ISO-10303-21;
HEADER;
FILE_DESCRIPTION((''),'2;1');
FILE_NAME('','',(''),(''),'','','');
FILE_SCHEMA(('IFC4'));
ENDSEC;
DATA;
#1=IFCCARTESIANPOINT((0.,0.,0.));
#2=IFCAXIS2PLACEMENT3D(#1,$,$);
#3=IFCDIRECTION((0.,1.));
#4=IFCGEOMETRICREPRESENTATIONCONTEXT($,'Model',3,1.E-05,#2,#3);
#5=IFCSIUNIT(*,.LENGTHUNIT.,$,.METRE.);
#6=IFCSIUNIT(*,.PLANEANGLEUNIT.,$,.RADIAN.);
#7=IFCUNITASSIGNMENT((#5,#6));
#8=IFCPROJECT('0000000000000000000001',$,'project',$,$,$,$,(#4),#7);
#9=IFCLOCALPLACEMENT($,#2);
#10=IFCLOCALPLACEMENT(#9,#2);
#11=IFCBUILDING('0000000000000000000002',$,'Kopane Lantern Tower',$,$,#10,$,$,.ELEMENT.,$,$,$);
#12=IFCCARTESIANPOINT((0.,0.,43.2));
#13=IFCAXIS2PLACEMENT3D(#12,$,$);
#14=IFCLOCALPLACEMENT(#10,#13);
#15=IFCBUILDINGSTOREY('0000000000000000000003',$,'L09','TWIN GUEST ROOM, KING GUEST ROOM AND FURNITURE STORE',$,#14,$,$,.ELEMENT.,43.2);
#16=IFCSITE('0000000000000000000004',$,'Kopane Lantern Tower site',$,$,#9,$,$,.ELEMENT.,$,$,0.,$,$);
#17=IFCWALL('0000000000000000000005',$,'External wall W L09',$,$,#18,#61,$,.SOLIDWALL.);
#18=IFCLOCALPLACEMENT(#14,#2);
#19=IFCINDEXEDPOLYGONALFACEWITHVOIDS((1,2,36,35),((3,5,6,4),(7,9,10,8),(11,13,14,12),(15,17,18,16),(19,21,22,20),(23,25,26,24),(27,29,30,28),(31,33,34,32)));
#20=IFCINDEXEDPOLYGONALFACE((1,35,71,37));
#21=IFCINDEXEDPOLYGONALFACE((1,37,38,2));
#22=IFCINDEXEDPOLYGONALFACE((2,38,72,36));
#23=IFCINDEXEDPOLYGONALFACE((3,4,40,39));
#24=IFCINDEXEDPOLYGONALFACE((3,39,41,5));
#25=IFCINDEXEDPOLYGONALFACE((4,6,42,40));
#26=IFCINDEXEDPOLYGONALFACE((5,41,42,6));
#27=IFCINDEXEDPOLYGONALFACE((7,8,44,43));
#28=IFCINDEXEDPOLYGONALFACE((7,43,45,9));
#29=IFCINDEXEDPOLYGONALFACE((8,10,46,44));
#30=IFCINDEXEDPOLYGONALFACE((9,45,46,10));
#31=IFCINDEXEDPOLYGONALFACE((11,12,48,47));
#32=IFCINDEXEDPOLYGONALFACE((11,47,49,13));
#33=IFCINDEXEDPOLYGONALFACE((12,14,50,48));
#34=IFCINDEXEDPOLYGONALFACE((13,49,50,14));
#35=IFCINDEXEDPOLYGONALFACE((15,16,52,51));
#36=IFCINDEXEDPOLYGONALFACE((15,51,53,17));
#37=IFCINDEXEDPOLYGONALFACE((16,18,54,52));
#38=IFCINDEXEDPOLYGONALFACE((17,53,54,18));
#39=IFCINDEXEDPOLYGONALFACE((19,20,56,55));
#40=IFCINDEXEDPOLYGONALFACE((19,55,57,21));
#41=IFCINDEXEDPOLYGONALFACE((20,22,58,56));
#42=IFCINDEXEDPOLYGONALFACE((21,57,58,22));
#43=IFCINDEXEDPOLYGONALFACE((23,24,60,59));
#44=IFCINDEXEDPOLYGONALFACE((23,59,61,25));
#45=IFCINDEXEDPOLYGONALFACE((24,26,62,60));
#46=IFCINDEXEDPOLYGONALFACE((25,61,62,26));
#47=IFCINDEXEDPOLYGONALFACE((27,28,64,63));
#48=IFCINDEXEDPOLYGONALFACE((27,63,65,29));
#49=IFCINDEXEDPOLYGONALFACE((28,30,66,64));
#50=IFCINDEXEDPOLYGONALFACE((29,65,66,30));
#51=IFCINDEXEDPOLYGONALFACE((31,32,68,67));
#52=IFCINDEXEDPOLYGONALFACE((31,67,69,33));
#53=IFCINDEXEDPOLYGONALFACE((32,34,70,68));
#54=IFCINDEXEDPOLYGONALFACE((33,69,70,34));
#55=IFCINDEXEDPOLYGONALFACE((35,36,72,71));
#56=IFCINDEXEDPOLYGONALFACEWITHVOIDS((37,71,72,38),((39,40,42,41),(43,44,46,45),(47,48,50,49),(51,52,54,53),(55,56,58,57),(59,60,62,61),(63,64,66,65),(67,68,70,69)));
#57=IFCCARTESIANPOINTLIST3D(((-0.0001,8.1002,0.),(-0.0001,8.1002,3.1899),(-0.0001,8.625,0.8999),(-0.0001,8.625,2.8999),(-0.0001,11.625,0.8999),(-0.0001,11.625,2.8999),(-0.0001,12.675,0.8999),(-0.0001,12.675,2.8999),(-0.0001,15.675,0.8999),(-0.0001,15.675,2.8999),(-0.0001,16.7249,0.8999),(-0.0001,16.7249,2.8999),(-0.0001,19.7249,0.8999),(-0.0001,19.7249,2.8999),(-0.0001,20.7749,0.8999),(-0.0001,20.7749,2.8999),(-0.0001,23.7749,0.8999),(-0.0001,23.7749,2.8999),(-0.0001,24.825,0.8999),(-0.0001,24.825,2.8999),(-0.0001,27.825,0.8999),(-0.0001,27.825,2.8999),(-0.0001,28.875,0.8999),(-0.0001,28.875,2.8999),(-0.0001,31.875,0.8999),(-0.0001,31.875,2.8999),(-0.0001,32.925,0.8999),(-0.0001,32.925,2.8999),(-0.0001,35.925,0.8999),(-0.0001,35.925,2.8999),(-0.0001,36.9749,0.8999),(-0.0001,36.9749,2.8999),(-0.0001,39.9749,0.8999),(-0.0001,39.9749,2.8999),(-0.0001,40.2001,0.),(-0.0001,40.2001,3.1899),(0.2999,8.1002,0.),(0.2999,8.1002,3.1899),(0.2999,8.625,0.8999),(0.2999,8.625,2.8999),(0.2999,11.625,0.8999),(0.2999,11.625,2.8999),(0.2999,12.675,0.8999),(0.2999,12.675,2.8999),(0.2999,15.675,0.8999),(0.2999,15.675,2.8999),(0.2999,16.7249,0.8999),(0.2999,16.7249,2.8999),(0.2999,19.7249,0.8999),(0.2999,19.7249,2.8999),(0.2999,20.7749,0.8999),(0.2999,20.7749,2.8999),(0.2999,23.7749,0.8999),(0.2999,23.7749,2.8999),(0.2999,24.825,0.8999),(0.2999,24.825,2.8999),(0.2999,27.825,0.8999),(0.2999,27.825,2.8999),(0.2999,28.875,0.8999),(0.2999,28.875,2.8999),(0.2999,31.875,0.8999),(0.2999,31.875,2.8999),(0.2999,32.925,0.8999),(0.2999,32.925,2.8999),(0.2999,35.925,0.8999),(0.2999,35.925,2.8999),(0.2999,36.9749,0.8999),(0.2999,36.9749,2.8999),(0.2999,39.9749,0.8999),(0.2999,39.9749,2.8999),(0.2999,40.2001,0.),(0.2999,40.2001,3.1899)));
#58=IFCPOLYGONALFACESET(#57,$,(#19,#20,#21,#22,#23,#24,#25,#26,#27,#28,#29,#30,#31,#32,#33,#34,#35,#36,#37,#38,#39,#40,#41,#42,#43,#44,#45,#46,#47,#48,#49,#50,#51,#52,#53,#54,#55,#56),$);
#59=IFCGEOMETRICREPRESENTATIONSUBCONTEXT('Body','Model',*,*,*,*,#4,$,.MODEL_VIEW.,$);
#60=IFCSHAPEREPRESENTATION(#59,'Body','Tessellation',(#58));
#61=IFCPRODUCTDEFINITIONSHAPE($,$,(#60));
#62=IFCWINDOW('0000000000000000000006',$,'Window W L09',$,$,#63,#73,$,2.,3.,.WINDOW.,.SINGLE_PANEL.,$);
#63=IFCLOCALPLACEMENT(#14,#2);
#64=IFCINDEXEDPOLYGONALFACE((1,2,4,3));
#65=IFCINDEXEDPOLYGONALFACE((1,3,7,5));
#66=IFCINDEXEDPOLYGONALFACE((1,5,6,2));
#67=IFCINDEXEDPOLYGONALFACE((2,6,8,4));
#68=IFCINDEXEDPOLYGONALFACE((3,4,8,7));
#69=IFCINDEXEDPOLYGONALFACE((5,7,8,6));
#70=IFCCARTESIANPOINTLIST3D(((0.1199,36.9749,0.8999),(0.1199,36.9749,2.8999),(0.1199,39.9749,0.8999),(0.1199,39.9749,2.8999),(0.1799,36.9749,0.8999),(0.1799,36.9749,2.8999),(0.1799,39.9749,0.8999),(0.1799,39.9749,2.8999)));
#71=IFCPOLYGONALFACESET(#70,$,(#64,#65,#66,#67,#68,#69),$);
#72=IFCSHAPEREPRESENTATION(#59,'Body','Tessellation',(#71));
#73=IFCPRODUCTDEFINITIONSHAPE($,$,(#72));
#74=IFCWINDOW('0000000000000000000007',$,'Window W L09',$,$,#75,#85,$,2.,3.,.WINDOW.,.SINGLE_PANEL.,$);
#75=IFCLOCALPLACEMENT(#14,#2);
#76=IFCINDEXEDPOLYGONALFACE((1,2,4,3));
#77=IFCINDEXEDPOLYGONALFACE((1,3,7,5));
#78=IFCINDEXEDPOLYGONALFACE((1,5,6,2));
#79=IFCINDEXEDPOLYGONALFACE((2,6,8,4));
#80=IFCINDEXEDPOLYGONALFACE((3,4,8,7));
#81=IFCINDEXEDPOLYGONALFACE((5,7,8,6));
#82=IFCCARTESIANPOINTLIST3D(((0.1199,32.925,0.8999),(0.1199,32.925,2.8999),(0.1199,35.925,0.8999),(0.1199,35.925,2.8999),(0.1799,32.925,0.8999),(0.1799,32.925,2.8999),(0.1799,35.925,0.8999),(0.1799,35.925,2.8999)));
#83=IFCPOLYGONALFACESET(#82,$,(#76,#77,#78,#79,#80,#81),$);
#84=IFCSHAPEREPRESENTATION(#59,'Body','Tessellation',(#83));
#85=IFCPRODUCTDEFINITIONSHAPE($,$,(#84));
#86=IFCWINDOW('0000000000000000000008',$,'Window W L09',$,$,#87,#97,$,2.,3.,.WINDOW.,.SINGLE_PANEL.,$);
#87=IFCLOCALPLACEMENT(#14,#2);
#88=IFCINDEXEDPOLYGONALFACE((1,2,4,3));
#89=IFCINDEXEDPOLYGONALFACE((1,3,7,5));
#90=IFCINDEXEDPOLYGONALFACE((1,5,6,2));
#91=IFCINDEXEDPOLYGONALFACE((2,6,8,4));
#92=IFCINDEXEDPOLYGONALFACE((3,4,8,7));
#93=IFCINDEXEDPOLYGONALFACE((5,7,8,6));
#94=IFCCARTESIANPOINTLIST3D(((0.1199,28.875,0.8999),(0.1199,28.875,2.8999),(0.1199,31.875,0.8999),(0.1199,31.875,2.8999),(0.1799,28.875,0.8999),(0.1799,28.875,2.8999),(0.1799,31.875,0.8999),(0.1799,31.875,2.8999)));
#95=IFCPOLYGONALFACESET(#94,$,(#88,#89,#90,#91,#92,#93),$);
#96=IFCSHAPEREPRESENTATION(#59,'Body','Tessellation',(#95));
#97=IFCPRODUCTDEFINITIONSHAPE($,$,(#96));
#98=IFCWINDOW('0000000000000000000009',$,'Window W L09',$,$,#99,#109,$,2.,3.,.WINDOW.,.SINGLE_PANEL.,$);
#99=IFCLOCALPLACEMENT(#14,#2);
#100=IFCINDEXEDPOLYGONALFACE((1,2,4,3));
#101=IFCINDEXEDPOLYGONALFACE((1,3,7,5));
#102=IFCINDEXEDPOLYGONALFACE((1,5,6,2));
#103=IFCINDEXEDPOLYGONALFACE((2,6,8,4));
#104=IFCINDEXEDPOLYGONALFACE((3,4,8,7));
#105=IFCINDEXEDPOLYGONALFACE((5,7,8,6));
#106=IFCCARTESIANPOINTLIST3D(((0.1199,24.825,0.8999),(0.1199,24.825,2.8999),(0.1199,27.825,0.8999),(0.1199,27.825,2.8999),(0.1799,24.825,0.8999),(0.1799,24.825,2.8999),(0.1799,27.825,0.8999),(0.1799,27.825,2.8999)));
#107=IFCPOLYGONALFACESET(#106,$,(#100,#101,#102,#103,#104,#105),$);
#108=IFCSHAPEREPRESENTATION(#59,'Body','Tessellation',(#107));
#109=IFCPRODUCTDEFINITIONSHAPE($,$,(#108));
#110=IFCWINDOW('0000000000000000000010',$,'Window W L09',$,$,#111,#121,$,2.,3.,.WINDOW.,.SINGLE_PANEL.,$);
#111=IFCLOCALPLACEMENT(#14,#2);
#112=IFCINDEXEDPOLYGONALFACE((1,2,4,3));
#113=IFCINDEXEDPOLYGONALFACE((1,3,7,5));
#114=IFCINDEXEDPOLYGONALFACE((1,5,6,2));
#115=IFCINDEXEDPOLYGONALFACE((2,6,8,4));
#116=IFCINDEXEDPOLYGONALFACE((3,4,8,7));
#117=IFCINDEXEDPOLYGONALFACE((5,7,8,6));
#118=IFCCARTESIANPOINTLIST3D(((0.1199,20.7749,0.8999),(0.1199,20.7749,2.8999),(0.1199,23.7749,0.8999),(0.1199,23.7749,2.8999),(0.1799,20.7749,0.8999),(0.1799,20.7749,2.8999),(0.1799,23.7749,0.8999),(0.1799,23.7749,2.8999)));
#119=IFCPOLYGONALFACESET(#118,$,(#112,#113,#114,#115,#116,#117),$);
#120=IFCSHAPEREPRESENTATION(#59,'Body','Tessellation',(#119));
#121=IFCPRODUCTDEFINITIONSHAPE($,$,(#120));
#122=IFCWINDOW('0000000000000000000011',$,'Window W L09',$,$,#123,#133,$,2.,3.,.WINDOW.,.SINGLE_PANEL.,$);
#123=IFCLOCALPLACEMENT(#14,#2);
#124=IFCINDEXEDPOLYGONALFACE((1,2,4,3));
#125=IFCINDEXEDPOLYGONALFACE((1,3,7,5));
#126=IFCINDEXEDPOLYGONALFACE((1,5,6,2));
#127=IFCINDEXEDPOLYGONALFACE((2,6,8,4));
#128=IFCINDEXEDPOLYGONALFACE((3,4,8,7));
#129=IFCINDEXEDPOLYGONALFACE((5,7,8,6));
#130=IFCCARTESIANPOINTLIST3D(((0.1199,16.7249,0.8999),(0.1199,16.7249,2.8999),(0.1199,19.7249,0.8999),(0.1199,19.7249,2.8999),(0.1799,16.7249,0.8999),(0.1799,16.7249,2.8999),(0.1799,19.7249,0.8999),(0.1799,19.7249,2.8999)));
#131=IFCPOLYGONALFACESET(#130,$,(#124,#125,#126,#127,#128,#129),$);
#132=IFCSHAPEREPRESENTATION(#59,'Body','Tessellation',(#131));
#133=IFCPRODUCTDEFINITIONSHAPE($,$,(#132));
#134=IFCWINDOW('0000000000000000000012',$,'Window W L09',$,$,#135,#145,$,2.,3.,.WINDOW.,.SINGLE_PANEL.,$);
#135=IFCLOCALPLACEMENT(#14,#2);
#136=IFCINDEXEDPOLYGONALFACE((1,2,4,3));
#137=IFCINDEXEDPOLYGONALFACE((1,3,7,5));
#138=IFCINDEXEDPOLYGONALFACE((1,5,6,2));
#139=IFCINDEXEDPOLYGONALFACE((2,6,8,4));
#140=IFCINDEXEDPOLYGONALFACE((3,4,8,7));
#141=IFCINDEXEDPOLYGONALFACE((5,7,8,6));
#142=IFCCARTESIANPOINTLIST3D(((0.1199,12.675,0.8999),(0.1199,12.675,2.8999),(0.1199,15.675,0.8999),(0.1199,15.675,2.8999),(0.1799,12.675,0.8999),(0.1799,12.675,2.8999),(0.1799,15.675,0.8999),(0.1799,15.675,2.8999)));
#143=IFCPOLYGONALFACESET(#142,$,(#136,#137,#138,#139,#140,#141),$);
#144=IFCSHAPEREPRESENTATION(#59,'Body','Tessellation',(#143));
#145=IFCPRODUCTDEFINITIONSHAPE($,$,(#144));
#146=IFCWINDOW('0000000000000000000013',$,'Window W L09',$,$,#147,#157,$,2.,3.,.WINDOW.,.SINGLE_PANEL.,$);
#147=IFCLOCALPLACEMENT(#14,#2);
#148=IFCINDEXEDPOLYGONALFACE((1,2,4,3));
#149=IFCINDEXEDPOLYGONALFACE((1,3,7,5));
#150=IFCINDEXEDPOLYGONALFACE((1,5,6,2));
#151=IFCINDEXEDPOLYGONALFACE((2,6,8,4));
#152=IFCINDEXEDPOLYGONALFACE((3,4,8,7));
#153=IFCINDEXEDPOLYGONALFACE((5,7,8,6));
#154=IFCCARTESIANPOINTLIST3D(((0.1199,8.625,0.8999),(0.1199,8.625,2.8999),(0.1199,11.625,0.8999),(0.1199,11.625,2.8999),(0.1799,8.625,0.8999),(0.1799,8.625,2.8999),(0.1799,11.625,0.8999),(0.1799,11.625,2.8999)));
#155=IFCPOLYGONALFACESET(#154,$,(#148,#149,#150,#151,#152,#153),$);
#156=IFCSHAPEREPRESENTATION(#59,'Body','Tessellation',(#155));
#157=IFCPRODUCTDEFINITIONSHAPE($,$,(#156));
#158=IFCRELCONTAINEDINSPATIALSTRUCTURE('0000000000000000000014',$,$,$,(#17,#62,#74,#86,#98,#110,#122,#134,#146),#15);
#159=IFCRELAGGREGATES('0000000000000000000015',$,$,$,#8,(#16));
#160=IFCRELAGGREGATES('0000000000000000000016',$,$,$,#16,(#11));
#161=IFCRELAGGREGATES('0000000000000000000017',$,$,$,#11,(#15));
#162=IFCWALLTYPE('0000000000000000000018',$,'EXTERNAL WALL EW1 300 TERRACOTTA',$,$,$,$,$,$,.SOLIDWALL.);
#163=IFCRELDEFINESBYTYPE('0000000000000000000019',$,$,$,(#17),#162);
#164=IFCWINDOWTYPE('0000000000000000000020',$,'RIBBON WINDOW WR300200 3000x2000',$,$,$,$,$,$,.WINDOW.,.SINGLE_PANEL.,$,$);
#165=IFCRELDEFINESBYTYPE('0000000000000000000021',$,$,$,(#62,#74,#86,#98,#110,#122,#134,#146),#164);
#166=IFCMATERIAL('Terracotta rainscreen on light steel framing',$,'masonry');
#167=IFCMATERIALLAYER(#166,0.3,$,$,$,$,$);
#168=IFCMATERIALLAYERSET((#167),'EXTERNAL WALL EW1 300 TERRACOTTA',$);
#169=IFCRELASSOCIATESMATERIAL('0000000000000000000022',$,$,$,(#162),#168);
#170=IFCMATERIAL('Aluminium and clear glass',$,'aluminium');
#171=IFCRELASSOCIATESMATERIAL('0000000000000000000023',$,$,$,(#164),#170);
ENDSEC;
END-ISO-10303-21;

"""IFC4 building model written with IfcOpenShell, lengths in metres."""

from ifc_helpers import new_model, si_unit, direction, frame, frame_2d, origin, place, context, subcontext, project, spatial, rectangle, extrude, material, layer, layer_set, type_object, element, fill, save


model = new_model("IFC4")

# Units and contexts
model_context = context("Model", 3, precision=1e-05, world=origin(), true_north=direction((0.0, 1.0)))
body_context = subcontext(model_context, "Body", "Model", "MODEL_VIEW")
ifc_project = project(units=[si_unit("LENGTHUNIT", "METRE"), si_unit("PLANEANGLEUNIT", "RADIAN")], contexts=[model_context])

# Site, building, storey
site_placement = place(None, origin())
site = spatial("IfcSite", under=ifc_project, at=site_placement, Name="Kopane Lantern Tower site", CompositionType="ELEMENT", RefElevation=0.0)
building_placement = place(site_placement, origin())
building = spatial("IfcBuilding", under=site, at=building_placement, Name="Kopane Lantern Tower", CompositionType="ELEMENT")
storey_placement = place(building_placement, frame((0.0, 0.0, 43.2)))
storey = spatial("IfcBuildingStorey", under=building, at=storey_placement, Name="L09", Description="TWIN GUEST ROOM, KING GUEST ROOM AND FURNITURE STORE", CompositionType="ELEMENT", Elevation=43.2)

# Shared definitions
ifc_material_1 = material(Name="Terracotta rainscreen on light steel framing", Category="masonry")
ifc_layer_1 = layer(ifc_material_1, 0.3)
ifc_layer_set_1 = layer_set([ifc_layer_1], Name="EXTERNAL WALL EW1 300 TERRACOTTA")
wall_type_1 = type_object("IfcWallType", Name="EXTERNAL WALL EW1 300 TERRACOTTA", PredefinedType="SOLIDWALL", material=ifc_layer_set_1)

# Wall, openings, windows
wall_1_placement = place(storey_placement, frame((0.1499, 40.2, 0.0), z_axis=(0.0, 0.0, 1.0), x_axis=(0.0, -1.0, 0.0)))
wall_1 = element("IfcWall", 1, at=wall_1_placement, inside=storey, type_object=wall_type_1, Name="External wall W L09", PredefinedType="SOLIDWALL", context=body_context, shape_type="SweptSolid", body=[
    extrude(rectangle(XDim=32.0999, YDim=0.3, at=frame_2d((16.0498, 0.0))), origin(), (0.0, 0.0, 1.0), 3.1899),
])
opening_1_placement = place(wall_1_placement, frame((0.2251, 0.0, 0.8999)))
opening_1 = element("IfcOpeningElement", 2, at=opening_1_placement, cuts=wall_1, PredefinedType="OPENING", context=body_context, shape_type="SweptSolid", body=[
    extrude(rectangle(XDim=3.0, YDim=2.0, at=frame_2d((1.5, 1.0))), frame((0.0, 0.1599, 0.0), z_axis=(0.0, -1.0, 0.0), x_axis=(1.0, 0.0, 0.0)), (0.0, 0.0, 1.0), 0.3201),
])
opening_2_placement = place(wall_1_placement, frame((4.2749, 0.0, 0.8999)))
opening_2 = element("IfcOpeningElement", 3, at=opening_2_placement, cuts=wall_1, PredefinedType="OPENING", context=body_context, shape_type="SweptSolid", body=[
    extrude(rectangle(XDim=3.0, YDim=2.0, at=frame_2d((1.5, 1.0))), frame((0.0, 0.1599, 0.0), z_axis=(0.0, -1.0, 0.0), x_axis=(1.0, 0.0, 0.0)), (0.0, 0.0, 1.0), 0.3201),
])
opening_3_placement = place(wall_1_placement, frame((8.325, 0.0, 0.8999)))
opening_3 = element("IfcOpeningElement", 4, at=opening_3_placement, cuts=wall_1, PredefinedType="OPENING", context=body_context, shape_type="SweptSolid", body=[
    extrude(rectangle(XDim=3.0, YDim=2.0, at=frame_2d((1.5, 1.0))), frame((0.0, 0.1599, 0.0), z_axis=(0.0, -1.0, 0.0), x_axis=(1.0, 0.0, 0.0)), (0.0, 0.0, 1.0), 0.3201),
])
opening_4_placement = place(wall_1_placement, frame((12.375, 0.0, 0.8999)))
opening_4 = element("IfcOpeningElement", 5, at=opening_4_placement, cuts=wall_1, PredefinedType="OPENING", context=body_context, shape_type="SweptSolid", body=[
    extrude(rectangle(XDim=3.0, YDim=2.0, at=frame_2d((1.5, 1.0))), frame((0.0, 0.1599, 0.0), z_axis=(0.0, -1.0, 0.0), x_axis=(1.0, 0.0, 0.0)), (0.0, 0.0, 1.0), 0.3201),
])
opening_5_placement = place(wall_1_placement, frame((16.425, 0.0, 0.8999)))
opening_5 = element("IfcOpeningElement", 6, at=opening_5_placement, cuts=wall_1, PredefinedType="OPENING", context=body_context, shape_type="SweptSolid", body=[
    extrude(rectangle(XDim=3.0, YDim=2.0, at=frame_2d((1.5, 1.0))), frame((0.0, 0.1599, 0.0), z_axis=(0.0, -1.0, 0.0), x_axis=(1.0, 0.0, 0.0)), (0.0, 0.0, 1.0), 0.3201),
])
opening_6_placement = place(wall_1_placement, frame((20.4751, 0.0, 0.8999)))
opening_6 = element("IfcOpeningElement", 7, at=opening_6_placement, cuts=wall_1, PredefinedType="OPENING", context=body_context, shape_type="SweptSolid", body=[
    extrude(rectangle(XDim=3.0, YDim=2.0, at=frame_2d((1.5, 1.0))), frame((0.0, 0.1599, 0.0), z_axis=(0.0, -1.0, 0.0), x_axis=(1.0, 0.0, 0.0)), (0.0, 0.0, 1.0), 0.3201),
])
opening_7_placement = place(wall_1_placement, frame((24.5249, 0.0, 0.8999)))
opening_7 = element("IfcOpeningElement", 8, at=opening_7_placement, cuts=wall_1, PredefinedType="OPENING", context=body_context, shape_type="SweptSolid", body=[
    extrude(rectangle(XDim=3.0, YDim=2.0, at=frame_2d((1.5, 1.0))), frame((0.0, 0.1599, 0.0), z_axis=(0.0, -1.0, 0.0), x_axis=(1.0, 0.0, 0.0)), (0.0, 0.0, 1.0), 0.3201),
])
opening_8_placement = place(wall_1_placement, frame((28.575, 0.0, 0.8999)))
opening_8 = element("IfcOpeningElement", 9, at=opening_8_placement, cuts=wall_1, PredefinedType="OPENING", context=body_context, shape_type="SweptSolid", body=[
    extrude(rectangle(XDim=3.0, YDim=2.0, at=frame_2d((1.5, 1.0))), frame((0.0, 0.1599, 0.0), z_axis=(0.0, -1.0, 0.0), x_axis=(1.0, 0.0, 0.0)), (0.0, 0.0, 1.0), 0.3201),
])
ifc_material_2 = material(Name="Aluminium and clear glass", Category="aluminium")
window_type_1 = type_object("IfcWindowType", Name="RIBBON WINDOW WR300200 3000x2000", PartitioningType="SINGLE_PANEL", PredefinedType="WINDOW", material=ifc_material_2)
window_1_placement = place(opening_1_placement, origin())
window_1 = element("IfcWindow", 10, at=window_1_placement, inside=storey, type_object=window_type_1, Name="Window W L09", OverallHeight=2.0, OverallWidth=3.0, PartitioningType="SINGLE_PANEL", PredefinedType="WINDOW", context=body_context, shape_type="SweptSolid", body=[
    extrude(rectangle(XDim=3.0, YDim=2.0, at=frame_2d((1.5, 1.0))), frame((0.0, 0.03, 0.0), z_axis=(0.0, -1.0, 0.0), x_axis=(1.0, 0.0, 0.0)), (0.0, 0.0, 1.0), 0.0601),
])
fill(opening_1, window_1)
window_2_placement = place(opening_2_placement, origin())
window_2 = element("IfcWindow", 11, at=window_2_placement, inside=storey, type_object=window_type_1, Name="Window W L09", OverallHeight=2.0, OverallWidth=3.0, PartitioningType="SINGLE_PANEL", PredefinedType="WINDOW", context=body_context, shape_type="SweptSolid", body=[
    extrude(rectangle(XDim=3.0, YDim=2.0, at=frame_2d((1.5, 1.0))), frame((0.0, 0.03, 0.0), z_axis=(0.0, -1.0, 0.0), x_axis=(1.0, 0.0, 0.0)), (0.0, 0.0, 1.0), 0.0601),
])
fill(opening_2, window_2)
window_3_placement = place(opening_3_placement, origin())
window_3 = element("IfcWindow", 12, at=window_3_placement, inside=storey, type_object=window_type_1, Name="Window W L09", OverallHeight=2.0, OverallWidth=3.0, PartitioningType="SINGLE_PANEL", PredefinedType="WINDOW", context=body_context, shape_type="SweptSolid", body=[
    extrude(rectangle(XDim=3.0, YDim=2.0, at=frame_2d((1.5, 1.0))), frame((0.0, 0.03, 0.0), z_axis=(0.0, -1.0, 0.0), x_axis=(1.0, 0.0, 0.0)), (0.0, 0.0, 1.0), 0.0601),
])
fill(opening_3, window_3)
window_4_placement = place(opening_4_placement, origin())
window_4 = element("IfcWindow", 13, at=window_4_placement, inside=storey, type_object=window_type_1, Name="Window W L09", OverallHeight=2.0, OverallWidth=3.0, PartitioningType="SINGLE_PANEL", PredefinedType="WINDOW", context=body_context, shape_type="SweptSolid", body=[
    extrude(rectangle(XDim=3.0, YDim=2.0, at=frame_2d((1.5, 1.0))), frame((0.0, 0.03, 0.0), z_axis=(0.0, -1.0, 0.0), x_axis=(1.0, 0.0, 0.0)), (0.0, 0.0, 1.0), 0.0601),
])
fill(opening_4, window_4)
window_5_placement = place(opening_5_placement, origin())
window_5 = element("IfcWindow", 14, at=window_5_placement, inside=storey, type_object=window_type_1, Name="Window W L09", OverallHeight=2.0, OverallWidth=3.0, PartitioningType="SINGLE_PANEL", PredefinedType="WINDOW", context=body_context, shape_type="SweptSolid", body=[
    extrude(rectangle(XDim=3.0, YDim=2.0, at=frame_2d((1.5, 1.0))), frame((0.0, 0.03, 0.0), z_axis=(0.0, -1.0, 0.0), x_axis=(1.0, 0.0, 0.0)), (0.0, 0.0, 1.0), 0.0601),
])
fill(opening_5, window_5)
window_6_placement = place(opening_6_placement, origin())
window_6 = element("IfcWindow", 15, at=window_6_placement, inside=storey, type_object=window_type_1, Name="Window W L09", OverallHeight=2.0, OverallWidth=3.0, PartitioningType="SINGLE_PANEL", PredefinedType="WINDOW", context=body_context, shape_type="SweptSolid", body=[
    extrude(rectangle(XDim=3.0, YDim=2.0, at=frame_2d((1.5, 1.0))), frame((0.0, 0.03, 0.0), z_axis=(0.0, -1.0, 0.0), x_axis=(1.0, 0.0, 0.0)), (0.0, 0.0, 1.0), 0.0601),
])
fill(opening_6, window_6)
window_7_placement = place(opening_7_placement, origin())
window_7 = element("IfcWindow", 16, at=window_7_placement, inside=storey, type_object=window_type_1, Name="Window W L09", OverallHeight=2.0, OverallWidth=3.0, PartitioningType="SINGLE_PANEL", PredefinedType="WINDOW", context=body_context, shape_type="SweptSolid", body=[
    extrude(rectangle(XDim=3.0, YDim=2.0, at=frame_2d((1.5, 1.0))), frame((0.0, 0.03, 0.0), z_axis=(0.0, -1.0, 0.0), x_axis=(1.0, 0.0, 0.0)), (0.0, 0.0, 1.0), 0.0601),
])
fill(opening_7, window_7)
window_8_placement = place(opening_8_placement, origin())
window_8 = element("IfcWindow", 17, at=window_8_placement, inside=storey, type_object=window_type_1, Name="Window W L09", OverallHeight=2.0, OverallWidth=3.0, PartitioningType="SINGLE_PANEL", PredefinedType="WINDOW", context=body_context, shape_type="SweptSolid", body=[
    extrude(rectangle(XDim=3.0, YDim=2.0, at=frame_2d((1.5, 1.0))), frame((0.0, 0.03, 0.0), z_axis=(0.0, -1.0, 0.0), x_axis=(1.0, 0.0, 0.0)), (0.0, 0.0, 1.0), 0.0601),
])
fill(opening_8, window_8)

save(model, "model.ifc")
